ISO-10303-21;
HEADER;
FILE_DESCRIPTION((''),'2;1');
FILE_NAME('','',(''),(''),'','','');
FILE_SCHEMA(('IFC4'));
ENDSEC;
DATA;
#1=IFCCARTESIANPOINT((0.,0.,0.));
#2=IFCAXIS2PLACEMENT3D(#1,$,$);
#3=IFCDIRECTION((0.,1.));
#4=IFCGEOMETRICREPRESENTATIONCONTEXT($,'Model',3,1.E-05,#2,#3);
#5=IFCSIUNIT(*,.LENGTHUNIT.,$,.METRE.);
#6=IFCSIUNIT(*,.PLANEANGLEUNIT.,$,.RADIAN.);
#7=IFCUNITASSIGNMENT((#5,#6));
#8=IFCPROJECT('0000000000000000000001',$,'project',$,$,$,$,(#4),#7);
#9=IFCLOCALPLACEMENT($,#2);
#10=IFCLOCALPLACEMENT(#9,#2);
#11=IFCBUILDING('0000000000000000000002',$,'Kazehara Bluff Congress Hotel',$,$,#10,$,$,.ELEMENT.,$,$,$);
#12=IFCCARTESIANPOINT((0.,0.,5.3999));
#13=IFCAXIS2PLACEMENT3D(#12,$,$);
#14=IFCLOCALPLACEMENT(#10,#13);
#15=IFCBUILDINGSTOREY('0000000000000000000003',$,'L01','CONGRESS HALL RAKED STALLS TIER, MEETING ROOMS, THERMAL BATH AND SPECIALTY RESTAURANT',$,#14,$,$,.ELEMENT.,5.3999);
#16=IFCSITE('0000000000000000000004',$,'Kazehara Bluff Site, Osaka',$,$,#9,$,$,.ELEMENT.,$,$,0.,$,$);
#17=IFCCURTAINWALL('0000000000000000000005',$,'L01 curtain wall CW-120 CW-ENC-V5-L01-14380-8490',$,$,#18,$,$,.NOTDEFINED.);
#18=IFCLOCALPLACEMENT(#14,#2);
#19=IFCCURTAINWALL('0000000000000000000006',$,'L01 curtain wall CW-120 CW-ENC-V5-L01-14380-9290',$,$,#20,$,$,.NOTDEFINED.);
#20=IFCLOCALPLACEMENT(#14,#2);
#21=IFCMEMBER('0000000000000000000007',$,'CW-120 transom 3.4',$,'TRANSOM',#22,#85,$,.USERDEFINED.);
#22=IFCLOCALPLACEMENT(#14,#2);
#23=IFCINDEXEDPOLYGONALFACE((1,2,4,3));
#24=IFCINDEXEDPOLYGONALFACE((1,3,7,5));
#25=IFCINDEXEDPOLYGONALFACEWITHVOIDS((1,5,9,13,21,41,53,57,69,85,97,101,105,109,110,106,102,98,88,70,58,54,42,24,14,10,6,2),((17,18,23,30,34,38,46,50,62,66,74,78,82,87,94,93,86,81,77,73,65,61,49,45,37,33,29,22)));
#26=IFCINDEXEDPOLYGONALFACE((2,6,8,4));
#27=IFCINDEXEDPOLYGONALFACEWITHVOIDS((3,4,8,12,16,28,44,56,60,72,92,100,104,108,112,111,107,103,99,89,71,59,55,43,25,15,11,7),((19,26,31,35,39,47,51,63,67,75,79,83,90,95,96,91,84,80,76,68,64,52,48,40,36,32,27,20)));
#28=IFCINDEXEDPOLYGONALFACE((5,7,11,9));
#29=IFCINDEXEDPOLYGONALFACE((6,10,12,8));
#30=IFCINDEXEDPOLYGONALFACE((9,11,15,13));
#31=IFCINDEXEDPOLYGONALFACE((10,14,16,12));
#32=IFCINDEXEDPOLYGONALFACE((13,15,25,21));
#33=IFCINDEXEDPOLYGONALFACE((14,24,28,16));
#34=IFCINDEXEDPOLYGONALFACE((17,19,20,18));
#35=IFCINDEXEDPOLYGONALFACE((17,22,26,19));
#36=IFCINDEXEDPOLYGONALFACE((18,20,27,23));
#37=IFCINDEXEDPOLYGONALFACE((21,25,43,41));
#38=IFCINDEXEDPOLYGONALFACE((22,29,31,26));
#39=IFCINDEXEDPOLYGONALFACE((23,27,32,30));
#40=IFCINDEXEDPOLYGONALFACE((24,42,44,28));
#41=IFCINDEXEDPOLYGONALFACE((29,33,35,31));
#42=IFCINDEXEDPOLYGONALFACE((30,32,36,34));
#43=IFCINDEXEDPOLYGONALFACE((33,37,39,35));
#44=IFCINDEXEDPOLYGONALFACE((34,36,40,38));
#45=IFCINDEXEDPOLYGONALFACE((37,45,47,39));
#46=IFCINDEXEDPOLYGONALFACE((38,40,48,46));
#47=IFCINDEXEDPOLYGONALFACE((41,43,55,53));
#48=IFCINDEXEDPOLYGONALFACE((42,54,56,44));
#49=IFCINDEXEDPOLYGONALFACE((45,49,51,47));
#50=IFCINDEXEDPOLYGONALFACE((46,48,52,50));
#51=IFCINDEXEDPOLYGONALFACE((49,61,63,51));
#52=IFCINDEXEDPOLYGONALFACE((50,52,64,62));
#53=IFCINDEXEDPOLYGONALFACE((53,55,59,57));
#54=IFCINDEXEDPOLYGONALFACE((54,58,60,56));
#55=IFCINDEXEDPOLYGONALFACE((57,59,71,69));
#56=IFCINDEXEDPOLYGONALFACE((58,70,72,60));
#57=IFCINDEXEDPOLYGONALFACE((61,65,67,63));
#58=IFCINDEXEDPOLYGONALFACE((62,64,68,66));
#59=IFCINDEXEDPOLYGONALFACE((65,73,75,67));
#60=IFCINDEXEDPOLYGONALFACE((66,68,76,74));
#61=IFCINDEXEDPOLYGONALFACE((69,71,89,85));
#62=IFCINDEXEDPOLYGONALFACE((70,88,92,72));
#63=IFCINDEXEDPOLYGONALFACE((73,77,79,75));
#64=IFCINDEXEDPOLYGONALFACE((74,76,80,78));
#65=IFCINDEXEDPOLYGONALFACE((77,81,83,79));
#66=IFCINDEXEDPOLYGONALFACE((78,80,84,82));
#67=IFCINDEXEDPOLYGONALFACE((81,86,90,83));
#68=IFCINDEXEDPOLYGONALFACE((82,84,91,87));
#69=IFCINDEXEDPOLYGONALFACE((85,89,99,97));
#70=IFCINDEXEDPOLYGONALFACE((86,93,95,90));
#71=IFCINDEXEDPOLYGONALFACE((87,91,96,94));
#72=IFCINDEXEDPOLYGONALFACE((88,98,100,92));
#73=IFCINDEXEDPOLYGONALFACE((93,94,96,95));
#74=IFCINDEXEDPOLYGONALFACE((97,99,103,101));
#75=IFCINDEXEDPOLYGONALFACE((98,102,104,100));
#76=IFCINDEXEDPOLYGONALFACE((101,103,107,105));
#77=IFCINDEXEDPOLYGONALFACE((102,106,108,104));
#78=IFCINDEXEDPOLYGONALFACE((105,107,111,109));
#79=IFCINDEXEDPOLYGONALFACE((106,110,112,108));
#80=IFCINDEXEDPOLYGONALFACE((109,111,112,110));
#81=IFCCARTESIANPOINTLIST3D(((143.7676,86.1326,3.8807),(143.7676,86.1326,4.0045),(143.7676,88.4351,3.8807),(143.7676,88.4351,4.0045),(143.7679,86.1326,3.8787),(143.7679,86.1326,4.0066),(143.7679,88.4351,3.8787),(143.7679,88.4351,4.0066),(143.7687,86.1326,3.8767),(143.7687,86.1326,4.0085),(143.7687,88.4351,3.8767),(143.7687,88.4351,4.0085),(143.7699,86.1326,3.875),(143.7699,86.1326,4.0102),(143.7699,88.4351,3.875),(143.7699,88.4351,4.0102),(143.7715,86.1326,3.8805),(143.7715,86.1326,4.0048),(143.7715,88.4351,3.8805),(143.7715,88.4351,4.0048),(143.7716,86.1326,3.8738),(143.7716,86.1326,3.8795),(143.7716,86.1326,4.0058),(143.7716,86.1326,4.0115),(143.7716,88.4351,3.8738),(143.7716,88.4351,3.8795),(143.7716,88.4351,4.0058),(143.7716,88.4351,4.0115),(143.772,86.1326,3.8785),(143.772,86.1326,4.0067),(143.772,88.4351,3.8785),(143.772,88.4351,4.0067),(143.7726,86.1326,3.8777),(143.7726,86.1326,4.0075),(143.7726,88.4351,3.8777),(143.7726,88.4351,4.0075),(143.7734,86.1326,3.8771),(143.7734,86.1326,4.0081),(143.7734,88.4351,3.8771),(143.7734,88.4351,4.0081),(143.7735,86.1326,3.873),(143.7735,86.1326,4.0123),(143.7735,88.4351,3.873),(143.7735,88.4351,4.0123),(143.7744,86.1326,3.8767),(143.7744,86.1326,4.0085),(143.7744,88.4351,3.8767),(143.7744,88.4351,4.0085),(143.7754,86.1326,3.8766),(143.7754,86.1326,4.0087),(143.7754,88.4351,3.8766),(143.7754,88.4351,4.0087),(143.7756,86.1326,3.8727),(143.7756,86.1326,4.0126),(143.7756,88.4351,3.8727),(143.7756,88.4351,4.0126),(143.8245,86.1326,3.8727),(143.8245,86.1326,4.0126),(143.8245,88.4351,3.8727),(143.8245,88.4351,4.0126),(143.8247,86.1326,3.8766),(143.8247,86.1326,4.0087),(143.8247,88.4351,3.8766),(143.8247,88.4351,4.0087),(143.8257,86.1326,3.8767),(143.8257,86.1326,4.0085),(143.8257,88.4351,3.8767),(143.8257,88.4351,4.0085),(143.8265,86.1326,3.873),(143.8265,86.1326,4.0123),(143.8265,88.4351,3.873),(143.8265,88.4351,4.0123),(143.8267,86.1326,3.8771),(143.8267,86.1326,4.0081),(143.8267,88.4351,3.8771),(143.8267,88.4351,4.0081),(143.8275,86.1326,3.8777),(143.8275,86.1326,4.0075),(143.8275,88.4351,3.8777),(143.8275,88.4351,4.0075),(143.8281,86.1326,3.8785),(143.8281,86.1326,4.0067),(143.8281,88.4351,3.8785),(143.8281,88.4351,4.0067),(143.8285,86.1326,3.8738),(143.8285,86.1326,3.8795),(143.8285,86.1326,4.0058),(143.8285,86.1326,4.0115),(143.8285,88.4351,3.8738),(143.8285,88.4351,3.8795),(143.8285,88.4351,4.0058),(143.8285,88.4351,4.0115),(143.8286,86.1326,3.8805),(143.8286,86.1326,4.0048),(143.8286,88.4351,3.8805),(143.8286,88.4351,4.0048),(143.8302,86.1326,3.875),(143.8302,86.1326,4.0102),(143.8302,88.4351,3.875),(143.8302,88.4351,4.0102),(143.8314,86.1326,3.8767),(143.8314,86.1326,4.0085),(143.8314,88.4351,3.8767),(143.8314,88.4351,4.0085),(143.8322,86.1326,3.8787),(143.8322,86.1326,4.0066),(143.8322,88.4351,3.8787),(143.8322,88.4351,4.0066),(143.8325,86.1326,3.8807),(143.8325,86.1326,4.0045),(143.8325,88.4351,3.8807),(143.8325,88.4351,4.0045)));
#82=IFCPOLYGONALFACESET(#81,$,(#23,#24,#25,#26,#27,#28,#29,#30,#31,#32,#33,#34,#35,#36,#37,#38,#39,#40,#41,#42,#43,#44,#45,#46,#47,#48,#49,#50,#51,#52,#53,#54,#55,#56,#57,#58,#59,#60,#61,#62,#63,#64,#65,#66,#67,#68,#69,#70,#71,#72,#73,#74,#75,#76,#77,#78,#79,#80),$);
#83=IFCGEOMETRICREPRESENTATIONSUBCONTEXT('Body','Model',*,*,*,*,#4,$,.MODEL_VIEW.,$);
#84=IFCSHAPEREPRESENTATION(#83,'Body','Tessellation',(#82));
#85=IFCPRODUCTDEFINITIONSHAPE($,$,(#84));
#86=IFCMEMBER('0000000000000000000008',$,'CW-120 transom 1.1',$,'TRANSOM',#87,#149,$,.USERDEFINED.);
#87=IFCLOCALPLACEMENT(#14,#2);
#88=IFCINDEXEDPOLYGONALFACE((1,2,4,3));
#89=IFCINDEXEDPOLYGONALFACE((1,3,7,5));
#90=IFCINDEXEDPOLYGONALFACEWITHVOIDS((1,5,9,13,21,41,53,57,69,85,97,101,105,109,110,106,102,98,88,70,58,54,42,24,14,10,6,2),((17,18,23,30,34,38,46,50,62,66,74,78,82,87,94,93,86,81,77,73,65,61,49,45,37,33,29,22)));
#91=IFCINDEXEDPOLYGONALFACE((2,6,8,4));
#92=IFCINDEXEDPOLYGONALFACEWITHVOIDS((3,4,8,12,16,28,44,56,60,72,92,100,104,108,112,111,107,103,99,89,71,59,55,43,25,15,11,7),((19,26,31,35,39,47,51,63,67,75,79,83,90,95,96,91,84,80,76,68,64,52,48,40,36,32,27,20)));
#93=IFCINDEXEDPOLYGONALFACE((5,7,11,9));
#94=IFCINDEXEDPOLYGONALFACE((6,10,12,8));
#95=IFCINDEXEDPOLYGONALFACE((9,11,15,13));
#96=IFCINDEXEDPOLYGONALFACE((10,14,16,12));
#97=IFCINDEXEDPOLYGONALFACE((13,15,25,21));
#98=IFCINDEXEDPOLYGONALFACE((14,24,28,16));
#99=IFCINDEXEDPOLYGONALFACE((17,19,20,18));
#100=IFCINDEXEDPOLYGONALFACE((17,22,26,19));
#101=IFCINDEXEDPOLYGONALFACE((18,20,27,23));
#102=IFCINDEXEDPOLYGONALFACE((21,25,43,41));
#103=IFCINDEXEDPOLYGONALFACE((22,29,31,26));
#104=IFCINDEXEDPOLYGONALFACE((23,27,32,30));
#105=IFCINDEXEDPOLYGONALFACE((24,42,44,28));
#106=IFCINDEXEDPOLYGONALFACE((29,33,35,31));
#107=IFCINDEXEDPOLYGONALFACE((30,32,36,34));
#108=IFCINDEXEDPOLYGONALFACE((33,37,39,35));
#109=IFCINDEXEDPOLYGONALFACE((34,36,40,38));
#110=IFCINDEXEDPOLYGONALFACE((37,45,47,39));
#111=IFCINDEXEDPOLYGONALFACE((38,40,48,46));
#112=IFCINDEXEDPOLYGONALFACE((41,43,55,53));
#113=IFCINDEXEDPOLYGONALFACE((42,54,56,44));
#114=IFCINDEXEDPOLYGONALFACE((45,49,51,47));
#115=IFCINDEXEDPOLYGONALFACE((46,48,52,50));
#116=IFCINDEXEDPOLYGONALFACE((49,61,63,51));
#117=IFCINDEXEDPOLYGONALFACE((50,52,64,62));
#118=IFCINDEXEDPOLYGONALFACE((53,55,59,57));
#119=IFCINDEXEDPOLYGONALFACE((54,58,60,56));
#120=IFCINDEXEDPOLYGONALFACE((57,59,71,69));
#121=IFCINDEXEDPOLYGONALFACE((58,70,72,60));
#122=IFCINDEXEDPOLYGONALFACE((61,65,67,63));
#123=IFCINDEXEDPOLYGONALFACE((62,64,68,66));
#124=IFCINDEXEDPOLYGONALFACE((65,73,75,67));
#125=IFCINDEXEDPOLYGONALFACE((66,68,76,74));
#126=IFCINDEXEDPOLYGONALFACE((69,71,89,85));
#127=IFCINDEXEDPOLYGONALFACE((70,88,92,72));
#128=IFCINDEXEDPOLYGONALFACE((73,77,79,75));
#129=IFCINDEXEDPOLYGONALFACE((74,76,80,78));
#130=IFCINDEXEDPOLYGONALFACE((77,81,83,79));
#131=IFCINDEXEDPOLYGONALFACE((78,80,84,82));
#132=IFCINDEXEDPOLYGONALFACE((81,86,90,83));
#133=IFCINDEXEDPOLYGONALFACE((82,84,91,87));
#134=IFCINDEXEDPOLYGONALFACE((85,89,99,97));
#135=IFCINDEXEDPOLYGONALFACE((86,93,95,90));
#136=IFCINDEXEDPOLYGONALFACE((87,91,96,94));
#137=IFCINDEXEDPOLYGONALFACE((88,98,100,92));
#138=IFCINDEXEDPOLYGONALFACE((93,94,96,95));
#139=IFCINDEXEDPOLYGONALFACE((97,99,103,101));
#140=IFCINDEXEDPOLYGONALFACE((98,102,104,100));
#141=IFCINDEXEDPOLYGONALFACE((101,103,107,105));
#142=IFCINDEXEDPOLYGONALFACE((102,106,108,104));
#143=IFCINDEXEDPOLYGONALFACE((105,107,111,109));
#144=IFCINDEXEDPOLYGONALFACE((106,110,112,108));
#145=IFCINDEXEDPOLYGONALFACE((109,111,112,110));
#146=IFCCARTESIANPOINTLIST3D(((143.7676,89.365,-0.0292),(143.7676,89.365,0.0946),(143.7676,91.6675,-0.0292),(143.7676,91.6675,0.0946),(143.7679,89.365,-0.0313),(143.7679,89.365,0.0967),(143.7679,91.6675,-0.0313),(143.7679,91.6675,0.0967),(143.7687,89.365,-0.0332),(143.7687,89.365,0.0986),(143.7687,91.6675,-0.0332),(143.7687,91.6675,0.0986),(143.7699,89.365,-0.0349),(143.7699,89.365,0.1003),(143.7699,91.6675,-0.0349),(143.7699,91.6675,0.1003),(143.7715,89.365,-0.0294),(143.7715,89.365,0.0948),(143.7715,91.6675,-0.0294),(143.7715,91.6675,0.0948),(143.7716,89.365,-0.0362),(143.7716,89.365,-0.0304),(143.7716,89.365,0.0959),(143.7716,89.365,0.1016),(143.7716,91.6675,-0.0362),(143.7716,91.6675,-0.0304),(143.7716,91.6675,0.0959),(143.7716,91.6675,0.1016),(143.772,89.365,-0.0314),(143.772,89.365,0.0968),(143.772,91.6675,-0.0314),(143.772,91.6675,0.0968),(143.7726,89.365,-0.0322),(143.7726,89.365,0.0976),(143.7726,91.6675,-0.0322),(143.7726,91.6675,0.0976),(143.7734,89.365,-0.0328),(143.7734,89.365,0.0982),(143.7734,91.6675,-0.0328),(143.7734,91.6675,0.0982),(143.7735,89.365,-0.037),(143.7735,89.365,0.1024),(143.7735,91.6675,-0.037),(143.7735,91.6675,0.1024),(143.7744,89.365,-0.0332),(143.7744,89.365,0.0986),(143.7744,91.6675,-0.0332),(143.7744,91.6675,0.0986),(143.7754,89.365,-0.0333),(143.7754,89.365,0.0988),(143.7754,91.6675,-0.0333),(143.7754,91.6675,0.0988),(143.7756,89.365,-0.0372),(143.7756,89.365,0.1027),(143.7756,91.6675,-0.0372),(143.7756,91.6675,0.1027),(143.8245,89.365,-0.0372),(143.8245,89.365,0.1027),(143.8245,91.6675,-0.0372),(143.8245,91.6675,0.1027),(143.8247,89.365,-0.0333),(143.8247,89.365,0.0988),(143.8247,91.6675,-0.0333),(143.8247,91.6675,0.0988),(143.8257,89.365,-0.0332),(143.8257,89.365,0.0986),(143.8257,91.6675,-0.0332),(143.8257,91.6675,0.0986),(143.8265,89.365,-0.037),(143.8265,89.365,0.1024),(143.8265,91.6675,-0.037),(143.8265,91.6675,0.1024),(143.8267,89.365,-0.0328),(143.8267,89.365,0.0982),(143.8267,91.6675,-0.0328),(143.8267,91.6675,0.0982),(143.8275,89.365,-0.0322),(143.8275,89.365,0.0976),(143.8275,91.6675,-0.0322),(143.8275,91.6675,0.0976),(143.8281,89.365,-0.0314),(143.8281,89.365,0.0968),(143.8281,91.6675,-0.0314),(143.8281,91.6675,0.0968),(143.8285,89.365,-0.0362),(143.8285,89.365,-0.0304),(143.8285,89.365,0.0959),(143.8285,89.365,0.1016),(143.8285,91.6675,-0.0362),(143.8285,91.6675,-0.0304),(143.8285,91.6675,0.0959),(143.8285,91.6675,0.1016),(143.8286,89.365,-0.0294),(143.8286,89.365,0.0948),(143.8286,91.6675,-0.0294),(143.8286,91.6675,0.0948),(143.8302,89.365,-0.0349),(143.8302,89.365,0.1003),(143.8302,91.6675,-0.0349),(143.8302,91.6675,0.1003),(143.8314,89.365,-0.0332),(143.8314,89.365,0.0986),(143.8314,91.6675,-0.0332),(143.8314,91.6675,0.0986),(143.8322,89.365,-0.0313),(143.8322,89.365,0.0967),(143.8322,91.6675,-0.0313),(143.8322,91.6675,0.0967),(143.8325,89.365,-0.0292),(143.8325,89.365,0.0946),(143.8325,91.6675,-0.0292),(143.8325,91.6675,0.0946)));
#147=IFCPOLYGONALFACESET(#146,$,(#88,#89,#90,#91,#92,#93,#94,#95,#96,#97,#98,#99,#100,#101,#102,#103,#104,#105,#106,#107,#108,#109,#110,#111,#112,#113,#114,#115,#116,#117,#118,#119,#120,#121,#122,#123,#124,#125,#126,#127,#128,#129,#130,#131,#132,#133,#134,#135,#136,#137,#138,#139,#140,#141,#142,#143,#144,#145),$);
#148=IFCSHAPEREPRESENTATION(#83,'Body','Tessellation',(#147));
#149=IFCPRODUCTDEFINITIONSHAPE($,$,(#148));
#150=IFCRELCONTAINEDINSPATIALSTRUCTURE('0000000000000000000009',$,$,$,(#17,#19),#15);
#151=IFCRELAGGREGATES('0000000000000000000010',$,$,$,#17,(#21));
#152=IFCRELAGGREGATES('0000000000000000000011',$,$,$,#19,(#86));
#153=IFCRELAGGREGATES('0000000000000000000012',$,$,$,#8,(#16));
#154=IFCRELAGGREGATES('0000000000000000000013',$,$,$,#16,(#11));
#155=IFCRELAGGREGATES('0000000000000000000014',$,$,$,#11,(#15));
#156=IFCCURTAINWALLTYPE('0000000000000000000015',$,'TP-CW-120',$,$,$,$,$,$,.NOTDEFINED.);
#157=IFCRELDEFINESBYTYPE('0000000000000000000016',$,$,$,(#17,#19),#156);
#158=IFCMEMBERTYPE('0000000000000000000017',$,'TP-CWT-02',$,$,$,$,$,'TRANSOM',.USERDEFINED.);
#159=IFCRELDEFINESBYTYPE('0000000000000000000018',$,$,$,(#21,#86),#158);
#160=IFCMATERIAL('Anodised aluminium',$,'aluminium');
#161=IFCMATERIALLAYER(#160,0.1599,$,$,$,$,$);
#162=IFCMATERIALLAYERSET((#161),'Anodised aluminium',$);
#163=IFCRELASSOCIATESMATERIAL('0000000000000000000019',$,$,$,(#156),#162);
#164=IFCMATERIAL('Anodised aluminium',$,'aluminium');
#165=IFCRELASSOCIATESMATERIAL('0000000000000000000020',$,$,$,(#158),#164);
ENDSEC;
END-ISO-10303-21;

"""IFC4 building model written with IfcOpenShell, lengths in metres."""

from ifc_helpers import new_model, si_unit, direction, frame, origin, origin_2d, place, context, subcontext, project, spatial, hollow_rectangle, extrude, material, layer, layer_set, material_profile, profile_set, type_object, element, aggregate, save


model = new_model("IFC4")

# Units and contexts
model_context = context("Model", 3, precision=1e-05, world=origin(), true_north=direction((0.0, 1.0)))
body_context = subcontext(model_context, "Body", "Model", "MODEL_VIEW")
ifc_project = project(units=[si_unit("LENGTHUNIT", "METRE"), si_unit("PLANEANGLEUNIT", "RADIAN")], contexts=[model_context])

# Site, building, storey
site_placement = place(None, origin())
site = spatial("IfcSite", under=ifc_project, at=site_placement, Name="Kazehara Bluff Site, Osaka", CompositionType="ELEMENT", RefElevation=0.0)
building_placement = place(site_placement, origin())
building = spatial("IfcBuilding", under=site, at=building_placement, Name="Kazehara Bluff Congress Hotel", CompositionType="ELEMENT")
storey_placement = place(building_placement, frame((0.0, 0.0, 5.3999)))
storey = spatial("IfcBuildingStorey", under=building, at=storey_placement, Name="L01", Description="CONGRESS HALL RAKED STALLS TIER, MEETING ROOMS, THERMAL BATH AND SPECIALTY RESTAURANT", CompositionType="ELEMENT", Elevation=5.3999)

# Curtain walls
ifc_material_1 = material(Name="Anodised aluminium", Category="aluminium")
ifc_layer_1 = layer(ifc_material_1, 0.1599)
ifc_layer_set_1 = layer_set([ifc_layer_1], Name="Anodised aluminium")
curtain_wall_type = type_object("IfcCurtainWallType", Name="TP-CW-120", PredefinedType="NOTDEFINED", material=ifc_layer_set_1)
curtain_wall_1_placement = place(storey_placement, origin())
curtain_wall_1 = element("IfcCurtainWall", 1, at=curtain_wall_1_placement, inside=storey, type_object=curtain_wall_type, Name="L01 curtain wall CW-120 CW-ENC-V5-L01-14380-8490", PredefinedType="NOTDEFINED")
curtain_wall_2_placement = place(storey_placement, origin())
curtain_wall_2 = element("IfcCurtainWall", 2, at=curtain_wall_2_placement, inside=storey, type_object=curtain_wall_type, Name="L01 curtain wall CW-120 CW-ENC-V5-L01-14380-9290", PredefinedType="NOTDEFINED")

# Members
ifc_material_2 = material(Name="Anodised aluminium", Category="aluminium")
ifc_material_profile_1 = material_profile(ifc_material_2, hollow_rectangle(XDim=0.0649, YDim=0.1399, WallThickness=0.0039, InnerFilletRadius=0.0039, OuterFilletRadius=0.0081, at=origin_2d()))
ifc_profile_set_1 = profile_set([ifc_material_profile_1], Name="Anodised aluminium")
member_type_1 = type_object("IfcMemberType", Name="TP-CWT-02", ElementType="TRANSOM", PredefinedType="USERDEFINED", material=ifc_profile_set_1)
member_1_placement = place(storey_placement, frame((143.8, 86.1326, 3.9426), z_axis=(0.0, 1.0, 0.0), x_axis=(-1.0, 0.0, 0.0)))
member_1 = element("IfcMember", 3, at=member_1_placement, type_object=member_type_1, Name="CW-120 transom 3.4", ObjectType="TRANSOM", PredefinedType="USERDEFINED", context=body_context, shape_type="SweptSolid", body=[
    extrude(hollow_rectangle(XDim=0.0649, YDim=0.1399, WallThickness=0.0039, InnerFilletRadius=0.0039, OuterFilletRadius=0.0081, at=origin_2d()), origin(), (0.0, 0.0, 1.0), 2.3025),
])
member_2_placement = place(storey_placement, frame((143.8, 89.365, 0.0327), z_axis=(0.0, 1.0, 0.0), x_axis=(-1.0, 0.0, 0.0)))
member_2 = element("IfcMember", 4, at=member_2_placement, type_object=member_type_1, Name="CW-120 transom 1.1", ObjectType="TRANSOM", PredefinedType="USERDEFINED", context=body_context, shape_type="SweptSolid", body=[
    extrude(hollow_rectangle(XDim=0.0649, YDim=0.1399, WallThickness=0.0039, InnerFilletRadius=0.0039, OuterFilletRadius=0.0081, at=origin_2d()), origin(), (0.0, 0.0, 1.0), 2.3025),
])

aggregate(curtain_wall_1, [member_1])
aggregate(curtain_wall_2, [member_2])

save(model, "model.ifc")
